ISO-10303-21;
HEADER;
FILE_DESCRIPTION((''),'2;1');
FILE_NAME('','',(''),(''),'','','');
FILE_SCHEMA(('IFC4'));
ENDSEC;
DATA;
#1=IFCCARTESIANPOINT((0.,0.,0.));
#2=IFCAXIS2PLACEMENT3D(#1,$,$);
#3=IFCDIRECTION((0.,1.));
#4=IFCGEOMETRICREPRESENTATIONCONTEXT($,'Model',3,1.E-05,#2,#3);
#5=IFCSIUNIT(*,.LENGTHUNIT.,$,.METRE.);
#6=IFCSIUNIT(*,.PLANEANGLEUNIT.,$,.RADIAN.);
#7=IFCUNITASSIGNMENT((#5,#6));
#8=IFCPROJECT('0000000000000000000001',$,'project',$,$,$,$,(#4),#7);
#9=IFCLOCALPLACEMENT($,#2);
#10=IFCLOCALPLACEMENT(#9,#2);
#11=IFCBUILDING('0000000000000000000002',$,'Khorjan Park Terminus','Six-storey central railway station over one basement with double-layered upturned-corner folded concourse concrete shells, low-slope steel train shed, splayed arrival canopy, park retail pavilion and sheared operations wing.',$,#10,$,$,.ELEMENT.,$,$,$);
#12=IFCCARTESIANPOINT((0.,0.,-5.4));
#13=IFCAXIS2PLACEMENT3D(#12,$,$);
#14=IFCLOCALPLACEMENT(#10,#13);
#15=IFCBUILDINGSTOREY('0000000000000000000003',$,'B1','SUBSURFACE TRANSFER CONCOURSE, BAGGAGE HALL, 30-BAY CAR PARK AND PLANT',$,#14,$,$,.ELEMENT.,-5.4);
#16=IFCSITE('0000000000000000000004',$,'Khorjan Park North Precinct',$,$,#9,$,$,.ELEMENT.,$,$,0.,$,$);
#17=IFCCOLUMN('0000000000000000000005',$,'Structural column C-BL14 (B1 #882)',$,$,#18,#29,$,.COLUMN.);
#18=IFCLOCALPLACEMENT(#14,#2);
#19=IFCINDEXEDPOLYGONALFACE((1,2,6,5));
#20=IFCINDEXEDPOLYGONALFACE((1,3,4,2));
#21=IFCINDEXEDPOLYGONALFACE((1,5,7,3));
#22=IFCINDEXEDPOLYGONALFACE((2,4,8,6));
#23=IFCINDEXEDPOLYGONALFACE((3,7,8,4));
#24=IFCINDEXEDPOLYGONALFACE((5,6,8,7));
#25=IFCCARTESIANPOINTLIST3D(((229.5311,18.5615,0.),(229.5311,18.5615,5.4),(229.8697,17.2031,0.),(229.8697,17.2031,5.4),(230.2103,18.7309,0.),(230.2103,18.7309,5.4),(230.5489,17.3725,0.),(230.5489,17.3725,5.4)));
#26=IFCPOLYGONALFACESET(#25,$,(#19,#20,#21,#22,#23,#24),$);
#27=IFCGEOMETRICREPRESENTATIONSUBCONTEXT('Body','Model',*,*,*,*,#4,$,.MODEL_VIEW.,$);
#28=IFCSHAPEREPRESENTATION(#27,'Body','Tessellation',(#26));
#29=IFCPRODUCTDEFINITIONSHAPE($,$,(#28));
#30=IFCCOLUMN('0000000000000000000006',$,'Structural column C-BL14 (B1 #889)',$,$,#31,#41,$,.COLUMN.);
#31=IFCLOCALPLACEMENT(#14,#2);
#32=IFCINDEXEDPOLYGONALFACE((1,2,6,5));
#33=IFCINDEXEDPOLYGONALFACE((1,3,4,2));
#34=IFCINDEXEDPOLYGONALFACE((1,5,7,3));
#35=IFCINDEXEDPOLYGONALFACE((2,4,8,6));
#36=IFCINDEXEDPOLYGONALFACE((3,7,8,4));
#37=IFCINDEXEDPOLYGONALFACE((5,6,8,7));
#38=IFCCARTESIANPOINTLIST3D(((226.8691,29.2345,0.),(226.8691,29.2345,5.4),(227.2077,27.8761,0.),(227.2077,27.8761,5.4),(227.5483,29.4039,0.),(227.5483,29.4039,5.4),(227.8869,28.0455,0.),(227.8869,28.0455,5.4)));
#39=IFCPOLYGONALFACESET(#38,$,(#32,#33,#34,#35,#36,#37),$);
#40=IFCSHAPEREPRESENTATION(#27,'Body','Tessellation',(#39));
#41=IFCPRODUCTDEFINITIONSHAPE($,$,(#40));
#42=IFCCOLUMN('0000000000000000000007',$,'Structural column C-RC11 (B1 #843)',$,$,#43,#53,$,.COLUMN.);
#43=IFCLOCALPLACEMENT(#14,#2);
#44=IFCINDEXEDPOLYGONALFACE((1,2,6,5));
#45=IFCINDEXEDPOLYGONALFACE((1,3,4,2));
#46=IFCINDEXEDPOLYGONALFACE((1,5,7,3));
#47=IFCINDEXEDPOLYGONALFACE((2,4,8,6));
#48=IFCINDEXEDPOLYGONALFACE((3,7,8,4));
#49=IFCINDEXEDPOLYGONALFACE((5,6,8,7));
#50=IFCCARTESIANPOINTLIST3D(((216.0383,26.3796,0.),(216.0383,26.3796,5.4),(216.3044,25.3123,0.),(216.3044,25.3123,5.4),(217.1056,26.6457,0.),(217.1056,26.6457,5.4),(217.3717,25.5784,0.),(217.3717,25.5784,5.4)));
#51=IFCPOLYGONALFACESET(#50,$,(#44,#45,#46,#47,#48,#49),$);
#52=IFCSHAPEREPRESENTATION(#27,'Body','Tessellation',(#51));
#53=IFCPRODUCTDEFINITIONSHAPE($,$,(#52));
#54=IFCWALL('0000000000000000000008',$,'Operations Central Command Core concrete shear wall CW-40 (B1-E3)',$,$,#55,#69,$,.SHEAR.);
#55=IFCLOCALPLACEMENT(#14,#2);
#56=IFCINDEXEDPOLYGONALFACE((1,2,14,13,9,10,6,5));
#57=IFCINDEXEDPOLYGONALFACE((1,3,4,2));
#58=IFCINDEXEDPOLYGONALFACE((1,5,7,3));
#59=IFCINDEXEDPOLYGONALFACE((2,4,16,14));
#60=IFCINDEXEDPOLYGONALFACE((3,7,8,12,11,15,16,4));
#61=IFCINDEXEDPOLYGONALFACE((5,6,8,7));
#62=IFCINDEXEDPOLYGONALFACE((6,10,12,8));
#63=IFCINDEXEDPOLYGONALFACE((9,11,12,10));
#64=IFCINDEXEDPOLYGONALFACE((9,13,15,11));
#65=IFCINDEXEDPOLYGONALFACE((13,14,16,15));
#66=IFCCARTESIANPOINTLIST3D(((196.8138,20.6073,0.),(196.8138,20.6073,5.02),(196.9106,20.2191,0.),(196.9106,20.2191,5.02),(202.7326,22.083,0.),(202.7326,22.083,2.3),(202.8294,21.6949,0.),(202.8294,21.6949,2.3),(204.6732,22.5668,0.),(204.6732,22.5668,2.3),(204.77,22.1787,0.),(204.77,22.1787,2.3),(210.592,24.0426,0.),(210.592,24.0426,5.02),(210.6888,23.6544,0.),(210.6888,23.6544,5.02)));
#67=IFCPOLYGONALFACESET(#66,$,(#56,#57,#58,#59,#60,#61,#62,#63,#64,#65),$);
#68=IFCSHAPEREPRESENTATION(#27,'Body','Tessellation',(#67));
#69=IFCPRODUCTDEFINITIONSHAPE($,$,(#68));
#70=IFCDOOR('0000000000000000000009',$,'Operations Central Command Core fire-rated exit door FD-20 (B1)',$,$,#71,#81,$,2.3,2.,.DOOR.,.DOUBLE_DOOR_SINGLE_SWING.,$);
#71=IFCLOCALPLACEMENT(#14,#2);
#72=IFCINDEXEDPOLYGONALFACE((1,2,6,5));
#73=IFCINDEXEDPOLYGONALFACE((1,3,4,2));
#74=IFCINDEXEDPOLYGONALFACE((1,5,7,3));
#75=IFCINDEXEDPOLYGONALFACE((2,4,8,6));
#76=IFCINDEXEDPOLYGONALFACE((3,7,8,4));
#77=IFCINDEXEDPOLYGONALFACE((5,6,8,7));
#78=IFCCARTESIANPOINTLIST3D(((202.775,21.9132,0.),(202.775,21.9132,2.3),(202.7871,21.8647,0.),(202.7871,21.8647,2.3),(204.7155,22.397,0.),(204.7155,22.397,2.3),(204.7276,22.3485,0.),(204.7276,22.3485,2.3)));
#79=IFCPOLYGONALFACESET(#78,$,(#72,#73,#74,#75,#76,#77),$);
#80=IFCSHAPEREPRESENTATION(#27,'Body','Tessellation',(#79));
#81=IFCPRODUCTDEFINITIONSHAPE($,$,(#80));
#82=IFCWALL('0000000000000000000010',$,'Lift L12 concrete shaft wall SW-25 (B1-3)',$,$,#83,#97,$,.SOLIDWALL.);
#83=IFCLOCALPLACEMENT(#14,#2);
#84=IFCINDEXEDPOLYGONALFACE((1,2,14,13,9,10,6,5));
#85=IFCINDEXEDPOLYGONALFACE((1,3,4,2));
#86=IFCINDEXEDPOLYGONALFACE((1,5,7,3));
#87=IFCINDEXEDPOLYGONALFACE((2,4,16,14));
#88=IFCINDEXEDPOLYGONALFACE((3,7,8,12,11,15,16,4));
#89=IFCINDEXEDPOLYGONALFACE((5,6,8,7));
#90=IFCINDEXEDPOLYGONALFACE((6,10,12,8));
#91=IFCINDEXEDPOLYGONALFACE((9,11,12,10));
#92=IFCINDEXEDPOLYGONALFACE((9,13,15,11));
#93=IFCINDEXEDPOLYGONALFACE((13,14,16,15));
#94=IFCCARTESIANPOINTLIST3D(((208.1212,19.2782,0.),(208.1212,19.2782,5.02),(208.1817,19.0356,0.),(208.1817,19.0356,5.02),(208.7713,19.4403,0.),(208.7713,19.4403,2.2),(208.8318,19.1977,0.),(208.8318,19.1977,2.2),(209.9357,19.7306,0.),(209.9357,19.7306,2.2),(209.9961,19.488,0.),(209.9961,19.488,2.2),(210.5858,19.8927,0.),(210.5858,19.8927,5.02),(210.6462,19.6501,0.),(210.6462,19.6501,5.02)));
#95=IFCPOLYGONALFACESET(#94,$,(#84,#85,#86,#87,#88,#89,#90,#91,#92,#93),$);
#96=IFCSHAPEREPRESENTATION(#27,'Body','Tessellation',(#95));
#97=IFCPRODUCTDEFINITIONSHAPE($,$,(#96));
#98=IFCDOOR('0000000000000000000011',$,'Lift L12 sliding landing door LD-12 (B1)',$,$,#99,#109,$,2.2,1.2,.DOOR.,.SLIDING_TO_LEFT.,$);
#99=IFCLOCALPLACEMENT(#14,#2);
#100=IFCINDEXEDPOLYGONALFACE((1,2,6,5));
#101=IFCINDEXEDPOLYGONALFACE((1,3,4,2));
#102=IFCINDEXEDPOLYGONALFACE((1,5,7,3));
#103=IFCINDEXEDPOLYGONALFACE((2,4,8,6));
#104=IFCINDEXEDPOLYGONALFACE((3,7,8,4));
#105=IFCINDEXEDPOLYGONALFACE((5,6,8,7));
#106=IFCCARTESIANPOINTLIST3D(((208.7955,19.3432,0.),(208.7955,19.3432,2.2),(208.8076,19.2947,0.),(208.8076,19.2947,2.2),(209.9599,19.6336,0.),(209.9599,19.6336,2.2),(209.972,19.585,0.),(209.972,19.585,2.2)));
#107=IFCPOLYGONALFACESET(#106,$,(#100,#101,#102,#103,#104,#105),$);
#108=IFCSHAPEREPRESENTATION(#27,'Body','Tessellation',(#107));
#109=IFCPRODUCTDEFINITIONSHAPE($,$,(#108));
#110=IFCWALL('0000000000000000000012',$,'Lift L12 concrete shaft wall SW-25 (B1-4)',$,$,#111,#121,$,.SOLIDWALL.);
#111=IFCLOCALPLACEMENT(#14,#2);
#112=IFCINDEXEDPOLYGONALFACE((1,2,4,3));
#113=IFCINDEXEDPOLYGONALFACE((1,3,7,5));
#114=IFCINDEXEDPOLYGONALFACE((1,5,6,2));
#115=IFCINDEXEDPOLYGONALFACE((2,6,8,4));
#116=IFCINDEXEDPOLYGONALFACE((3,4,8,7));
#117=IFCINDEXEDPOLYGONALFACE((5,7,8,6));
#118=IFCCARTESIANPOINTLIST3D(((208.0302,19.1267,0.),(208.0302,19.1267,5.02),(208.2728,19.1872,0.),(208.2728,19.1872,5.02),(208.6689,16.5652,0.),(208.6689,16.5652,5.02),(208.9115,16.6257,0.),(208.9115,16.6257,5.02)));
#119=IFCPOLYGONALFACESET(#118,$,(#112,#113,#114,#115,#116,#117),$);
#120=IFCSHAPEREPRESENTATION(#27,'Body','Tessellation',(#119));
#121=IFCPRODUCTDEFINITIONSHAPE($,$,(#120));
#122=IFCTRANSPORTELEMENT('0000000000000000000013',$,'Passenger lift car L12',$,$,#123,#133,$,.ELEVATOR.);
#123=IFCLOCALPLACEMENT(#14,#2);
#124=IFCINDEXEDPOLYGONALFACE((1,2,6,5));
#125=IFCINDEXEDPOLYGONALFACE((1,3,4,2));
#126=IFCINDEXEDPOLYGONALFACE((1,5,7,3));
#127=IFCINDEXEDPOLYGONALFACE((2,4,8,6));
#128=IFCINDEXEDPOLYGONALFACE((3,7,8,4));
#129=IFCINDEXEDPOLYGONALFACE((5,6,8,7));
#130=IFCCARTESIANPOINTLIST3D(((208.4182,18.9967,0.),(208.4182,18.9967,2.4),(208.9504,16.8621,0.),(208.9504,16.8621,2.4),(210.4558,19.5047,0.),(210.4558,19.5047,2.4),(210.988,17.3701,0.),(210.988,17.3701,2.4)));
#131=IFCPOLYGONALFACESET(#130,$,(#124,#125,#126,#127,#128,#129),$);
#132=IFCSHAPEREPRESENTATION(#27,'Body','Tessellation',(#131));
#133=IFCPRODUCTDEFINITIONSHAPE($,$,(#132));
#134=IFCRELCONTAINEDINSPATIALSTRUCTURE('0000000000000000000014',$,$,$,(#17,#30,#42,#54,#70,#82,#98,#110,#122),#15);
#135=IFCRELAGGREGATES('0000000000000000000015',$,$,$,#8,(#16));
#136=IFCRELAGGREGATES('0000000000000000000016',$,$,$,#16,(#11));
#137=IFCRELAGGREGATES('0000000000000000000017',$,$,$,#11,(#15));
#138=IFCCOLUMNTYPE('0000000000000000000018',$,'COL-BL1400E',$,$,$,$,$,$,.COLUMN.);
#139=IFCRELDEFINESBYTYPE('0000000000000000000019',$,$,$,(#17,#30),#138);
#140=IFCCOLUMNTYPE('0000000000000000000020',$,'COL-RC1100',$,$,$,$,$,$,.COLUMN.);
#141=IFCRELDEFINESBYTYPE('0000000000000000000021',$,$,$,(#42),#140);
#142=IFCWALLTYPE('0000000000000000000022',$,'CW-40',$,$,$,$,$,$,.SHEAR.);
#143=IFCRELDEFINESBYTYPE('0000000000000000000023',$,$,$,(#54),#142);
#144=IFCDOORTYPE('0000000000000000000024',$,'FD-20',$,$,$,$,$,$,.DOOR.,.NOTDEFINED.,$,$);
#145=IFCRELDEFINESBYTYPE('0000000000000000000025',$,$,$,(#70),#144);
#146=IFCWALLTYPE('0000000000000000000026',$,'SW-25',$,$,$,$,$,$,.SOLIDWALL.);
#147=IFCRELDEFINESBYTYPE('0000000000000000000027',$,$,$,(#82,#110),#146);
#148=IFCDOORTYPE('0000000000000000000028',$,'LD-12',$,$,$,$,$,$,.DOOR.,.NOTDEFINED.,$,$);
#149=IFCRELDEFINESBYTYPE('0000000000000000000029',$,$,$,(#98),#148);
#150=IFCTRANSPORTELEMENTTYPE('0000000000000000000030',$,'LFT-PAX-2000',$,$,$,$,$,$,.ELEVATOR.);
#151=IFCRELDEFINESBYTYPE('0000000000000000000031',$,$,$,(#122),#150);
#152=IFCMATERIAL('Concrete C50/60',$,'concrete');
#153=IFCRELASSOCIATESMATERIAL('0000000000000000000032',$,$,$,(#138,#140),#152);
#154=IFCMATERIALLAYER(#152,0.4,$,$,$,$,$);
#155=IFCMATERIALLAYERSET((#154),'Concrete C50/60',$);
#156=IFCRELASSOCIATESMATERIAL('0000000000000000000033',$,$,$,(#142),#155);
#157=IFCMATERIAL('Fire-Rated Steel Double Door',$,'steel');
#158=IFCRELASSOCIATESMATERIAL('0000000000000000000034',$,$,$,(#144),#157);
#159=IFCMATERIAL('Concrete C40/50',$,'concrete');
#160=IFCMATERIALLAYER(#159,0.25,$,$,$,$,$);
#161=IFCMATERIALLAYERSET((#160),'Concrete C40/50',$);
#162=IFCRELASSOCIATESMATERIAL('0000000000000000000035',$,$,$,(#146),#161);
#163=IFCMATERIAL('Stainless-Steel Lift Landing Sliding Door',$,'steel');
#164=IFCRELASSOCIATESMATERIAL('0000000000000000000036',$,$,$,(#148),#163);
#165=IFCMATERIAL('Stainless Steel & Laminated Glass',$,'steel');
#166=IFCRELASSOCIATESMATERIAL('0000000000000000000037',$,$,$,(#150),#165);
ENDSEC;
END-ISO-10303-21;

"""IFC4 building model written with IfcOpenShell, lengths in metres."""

from ifc_helpers import new_model, si_unit, direction, frame, frame_2d, origin, origin_2d, place, context, subcontext, project, spatial, rectangle, extrude, material, layer, layer_set, material_profile, profile_set, type_object, element, fill, save


model = new_model("IFC4")

# Units and contexts
model_context = context("Model", 3, precision=1e-05, world=origin(), true_north=direction((0.0, 1.0)))
body_context = subcontext(model_context, "Body", "Model", "MODEL_VIEW")
ifc_project = project(units=[si_unit("LENGTHUNIT", "METRE"), si_unit("PLANEANGLEUNIT", "RADIAN")], contexts=[model_context])

# Site, building, storey
site_placement = place(None, origin())
site = spatial("IfcSite", under=ifc_project, at=site_placement, Name="Khorjan Park North Precinct", CompositionType="ELEMENT", RefElevation=0.0)
building_placement = place(site_placement, origin())
building = spatial("IfcBuilding", under=site, at=building_placement, Name="Khorjan Park Terminus", Description="Six-storey central railway station over one basement with double-layered upturned-corner folded concourse concrete shells, low-slope steel train shed, splayed arrival canopy, park retail pavilion and sheared operations wing.", CompositionType="ELEMENT")
storey_placement = place(building_placement, frame((0.0, 0.0, -5.4)))
storey = spatial("IfcBuildingStorey", under=building, at=storey_placement, Name="B1", Description="SUBSURFACE TRANSFER CONCOURSE, BAGGAGE HALL, 30-BAY CAR PARK AND PLANT", CompositionType="ELEMENT", Elevation=-5.4)

# Shared definitions
ifc_material_1 = material(Name="Concrete C40/50", Category="concrete")

# Columns
ifc_material_2 = material(Name="Concrete C50/60", Category="concrete")
ifc_material_profile_1 = material_profile(ifc_material_2, rectangle(XDim=0.7, YDim=1.4, at=origin_2d()), Name="RC 700x1400")
ifc_profile_set_1 = profile_set([ifc_material_profile_1], Name="Concrete C50/60")
column_type_1 = type_object("IfcColumnType", Name="COL-BL1400E", PredefinedType="COLUMN", material=ifc_profile_set_1)
for number, where, z_axis, x_axis, name in (
    (1, (230.04, 17.967, 0.0), (0.0, 0.0, 1.0), (0.970296, 0.241922, 0.0), "Structural column C-BL14 (B1 #882)"),
    (2, (227.378, 28.64, 0.0), (0.0, 0.0, 1.0), (0.970296, 0.241922, 0.0), "Structural column C-BL14 (B1 #889)"),
):
    element("IfcColumn", number, at=place(storey_placement, frame(where, z_axis=z_axis, x_axis=x_axis)), inside=storey, type_object=column_type_1, Name=name, PredefinedType="COLUMN", context=body_context, shape_type="SweptSolid", body=[
        extrude(rectangle(XDim=0.7, YDim=1.4, at=origin_2d()), origin(), (0.0, 0.0, 1.0), 5.4),
    ])
ifc_material_profile_2 = material_profile(ifc_material_2, rectangle(XDim=1.1, YDim=1.1, at=origin_2d()), Name="RC 1100x1100")
ifc_profile_set_2 = profile_set([ifc_material_profile_2], Name="Concrete C50/60")
column_type_2 = type_object("IfcColumnType", Name="COL-RC1100", PredefinedType="COLUMN", material=ifc_profile_set_2)
column_placement = place(storey_placement, frame((216.705, 25.979, 0.0), z_axis=(0.0, 0.0, 1.0), x_axis=(0.970296, 0.241922, 0.0)))
element("IfcColumn", 3, at=column_placement, inside=storey, type_object=column_type_2, Name="Structural column C-RC11 (B1 #843)", PredefinedType="COLUMN", context=body_context, shape_type="SweptSolid", body=[
    extrude(rectangle(XDim=1.1, YDim=1.1, at=origin_2d()), origin(), (0.0, 0.0, 1.0), 5.4),
])

# Walls, openings, doors
ifc_layer_1 = layer(ifc_material_2, 0.4)
ifc_layer_set_1 = layer_set([ifc_layer_1], Name="Concrete C50/60")
wall_type_1 = type_object("IfcWallType", Name="CW-40", PredefinedType="SHEAR", material=ifc_layer_set_1)
wall_1_placement = place(storey_placement, frame((210.6404, 23.8485, 0.0), z_axis=(0.0, 0.0, 1.0), x_axis=(-0.970296, -0.241922, 0.0)))
wall_1 = element("IfcWall", 4, at=wall_1_placement, inside=storey, type_object=wall_type_1, Name="Operations Central Command Core concrete shear wall CW-40 (B1-E3)", PredefinedType="SHEAR", context=body_context, shape_type="SweptSolid", body=[
    extrude(rectangle(XDim=14.2, YDim=0.4, at=frame_2d((7.1, 0.0))), origin(), (0.0, 0.0, 1.0), 5.02),
])
opening_1_placement = place(wall_1_placement, frame((6.1, 0.0, 0.0)))
opening_1 = element("IfcOpeningElement", 5, at=opening_1_placement, cuts=wall_1, PredefinedType="OPENING", context=body_context, shape_type="SweptSolid", body=[
    extrude(rectangle(XDim=2.0, YDim=2.3, at=frame_2d((1.0, 1.15))), frame((0.0, 0.21, 0.0), z_axis=(0.0, -1.0, 0.0), x_axis=(1.0, 0.0, 0.0)), (0.0, 0.0, 1.0), 0.42),
])
ifc_material_3 = material(Name="Fire-Rated Steel Double Door", Category="steel")
door_type_1 = type_object("IfcDoorType", Name="FD-20", OperationType="NOTDEFINED", PredefinedType="DOOR", material=ifc_material_3)
door_1_placement = place(opening_1_placement, origin())
door_1 = element("IfcDoor", 6, at=door_1_placement, inside=storey, type_object=door_type_1, Name="Operations Central Command Core fire-rated exit door FD-20 (B1)", OperationType="DOUBLE_DOOR_SINGLE_SWING", OverallHeight=2.3, OverallWidth=2.0, PredefinedType="DOOR", context=body_context, shape_type="SweptSolid", body=[
    extrude(rectangle(XDim=2.0, YDim=2.3, at=frame_2d((1.0, 1.15))), frame((0.0, 0.025, 0.0), z_axis=(0.0, -1.0, 0.0), x_axis=(1.0, 0.0, 0.0)), (0.0, 0.0, 1.0), 0.05),
])
fill(opening_1, door_1)
ifc_layer_2 = layer(ifc_material_1, 0.25)
ifc_layer_set_2 = layer_set([ifc_layer_2], Name="Concrete C40/50")
wall_type_2 = type_object("IfcWallType", Name="SW-25", PredefinedType="SOLIDWALL", material=ifc_layer_set_2)
wall_2_placement = place(storey_placement, frame((210.616, 19.7714, 0.0), z_axis=(0.0, 0.0, 1.0), x_axis=(-0.970293, -0.241933, 0.0)))
wall_2 = element("IfcWall", 7, at=wall_2_placement, inside=storey, type_object=wall_type_2, Name="Lift L12 concrete shaft wall SW-25 (B1-3)", PredefinedType="SOLIDWALL", context=body_context, shape_type="SweptSolid", body=[
    extrude(rectangle(XDim=2.54, YDim=0.25, at=frame_2d((1.27, 0.0))), origin(), (0.0, 0.0, 1.0), 5.02),
])
opening_2_placement = place(wall_2_placement, frame((0.67, 0.0, 0.0)))
opening_2 = element("IfcOpeningElement", 8, at=opening_2_placement, cuts=wall_2, PredefinedType="OPENING", context=body_context, shape_type="SweptSolid", body=[
    extrude(rectangle(XDim=1.2, YDim=2.2, at=frame_2d((0.6, 1.1))), frame((0.0, 0.135, 0.0), z_axis=(0.0, -1.0, 0.0), x_axis=(1.0, 0.0, 0.0)), (0.0, 0.0, 1.0), 0.27),
])
ifc_material_4 = material(Name="Stainless-Steel Lift Landing Sliding Door", Category="steel")
door_type_2 = type_object("IfcDoorType", Name="LD-12", OperationType="NOTDEFINED", PredefinedType="DOOR", material=ifc_material_4)
door_2_placement = place(opening_2_placement, origin())
door_2 = element("IfcDoor", 9, at=door_2_placement, inside=storey, type_object=door_type_2, Name="Lift L12 sliding landing door LD-12 (B1)", OperationType="SLIDING_TO_LEFT", OverallHeight=2.2, OverallWidth=1.2, PredefinedType="DOOR", context=body_context, shape_type="SweptSolid", body=[
    extrude(rectangle(XDim=1.2, YDim=2.2, at=frame_2d((0.6, 1.1))), frame((0.0, 0.025, 0.0), z_axis=(0.0, -1.0, 0.0), x_axis=(1.0, 0.0, 0.0)), (0.0, 0.0, 1.0), 0.05),
])
fill(opening_2, door_2)

# Wall
wall_3_placement = place(storey_placement, frame((208.1515, 19.1569, 0.0), z_axis=(0.0, 0.0, 1.0), x_axis=(0.241938, -0.970292, 0.0)))
element("IfcWall", 10, at=wall_3_placement, inside=storey, type_object=wall_type_2, Name="Lift L12 concrete shaft wall SW-25 (B1-4)", PredefinedType="SOLIDWALL", context=body_context, shape_type="SweptSolid", body=[
    extrude(rectangle(XDim=2.6399, YDim=0.25, at=frame_2d((1.3199, 0.0))), origin(), (0.0, 0.0, 1.0), 5.02),
])

# Transport element
ifc_material_5 = material(Name="Stainless Steel & Laminated Glass", Category="steel")
transport_element_type = type_object("IfcTransportElementType", Name="LFT-PAX-2000", PredefinedType="ELEVATOR", material=ifc_material_5)
transport_element_placement = place(storey_placement, frame((209.7031, 18.1834, 0.0), z_axis=(0.0, 0.0, 1.0), x_axis=(0.970296, 0.241922, 0.0)))
element("IfcTransportElement", 11, at=transport_element_placement, inside=storey, type_object=transport_element_type, Name="Passenger lift car L12", PredefinedType="ELEVATOR", context=body_context, shape_type="SweptSolid", body=[
    extrude(rectangle(XDim=2.1, YDim=2.2, at=origin_2d()), origin(), (0.0, 0.0, 1.0), 2.4),
])

save(model, "model.ifc")
